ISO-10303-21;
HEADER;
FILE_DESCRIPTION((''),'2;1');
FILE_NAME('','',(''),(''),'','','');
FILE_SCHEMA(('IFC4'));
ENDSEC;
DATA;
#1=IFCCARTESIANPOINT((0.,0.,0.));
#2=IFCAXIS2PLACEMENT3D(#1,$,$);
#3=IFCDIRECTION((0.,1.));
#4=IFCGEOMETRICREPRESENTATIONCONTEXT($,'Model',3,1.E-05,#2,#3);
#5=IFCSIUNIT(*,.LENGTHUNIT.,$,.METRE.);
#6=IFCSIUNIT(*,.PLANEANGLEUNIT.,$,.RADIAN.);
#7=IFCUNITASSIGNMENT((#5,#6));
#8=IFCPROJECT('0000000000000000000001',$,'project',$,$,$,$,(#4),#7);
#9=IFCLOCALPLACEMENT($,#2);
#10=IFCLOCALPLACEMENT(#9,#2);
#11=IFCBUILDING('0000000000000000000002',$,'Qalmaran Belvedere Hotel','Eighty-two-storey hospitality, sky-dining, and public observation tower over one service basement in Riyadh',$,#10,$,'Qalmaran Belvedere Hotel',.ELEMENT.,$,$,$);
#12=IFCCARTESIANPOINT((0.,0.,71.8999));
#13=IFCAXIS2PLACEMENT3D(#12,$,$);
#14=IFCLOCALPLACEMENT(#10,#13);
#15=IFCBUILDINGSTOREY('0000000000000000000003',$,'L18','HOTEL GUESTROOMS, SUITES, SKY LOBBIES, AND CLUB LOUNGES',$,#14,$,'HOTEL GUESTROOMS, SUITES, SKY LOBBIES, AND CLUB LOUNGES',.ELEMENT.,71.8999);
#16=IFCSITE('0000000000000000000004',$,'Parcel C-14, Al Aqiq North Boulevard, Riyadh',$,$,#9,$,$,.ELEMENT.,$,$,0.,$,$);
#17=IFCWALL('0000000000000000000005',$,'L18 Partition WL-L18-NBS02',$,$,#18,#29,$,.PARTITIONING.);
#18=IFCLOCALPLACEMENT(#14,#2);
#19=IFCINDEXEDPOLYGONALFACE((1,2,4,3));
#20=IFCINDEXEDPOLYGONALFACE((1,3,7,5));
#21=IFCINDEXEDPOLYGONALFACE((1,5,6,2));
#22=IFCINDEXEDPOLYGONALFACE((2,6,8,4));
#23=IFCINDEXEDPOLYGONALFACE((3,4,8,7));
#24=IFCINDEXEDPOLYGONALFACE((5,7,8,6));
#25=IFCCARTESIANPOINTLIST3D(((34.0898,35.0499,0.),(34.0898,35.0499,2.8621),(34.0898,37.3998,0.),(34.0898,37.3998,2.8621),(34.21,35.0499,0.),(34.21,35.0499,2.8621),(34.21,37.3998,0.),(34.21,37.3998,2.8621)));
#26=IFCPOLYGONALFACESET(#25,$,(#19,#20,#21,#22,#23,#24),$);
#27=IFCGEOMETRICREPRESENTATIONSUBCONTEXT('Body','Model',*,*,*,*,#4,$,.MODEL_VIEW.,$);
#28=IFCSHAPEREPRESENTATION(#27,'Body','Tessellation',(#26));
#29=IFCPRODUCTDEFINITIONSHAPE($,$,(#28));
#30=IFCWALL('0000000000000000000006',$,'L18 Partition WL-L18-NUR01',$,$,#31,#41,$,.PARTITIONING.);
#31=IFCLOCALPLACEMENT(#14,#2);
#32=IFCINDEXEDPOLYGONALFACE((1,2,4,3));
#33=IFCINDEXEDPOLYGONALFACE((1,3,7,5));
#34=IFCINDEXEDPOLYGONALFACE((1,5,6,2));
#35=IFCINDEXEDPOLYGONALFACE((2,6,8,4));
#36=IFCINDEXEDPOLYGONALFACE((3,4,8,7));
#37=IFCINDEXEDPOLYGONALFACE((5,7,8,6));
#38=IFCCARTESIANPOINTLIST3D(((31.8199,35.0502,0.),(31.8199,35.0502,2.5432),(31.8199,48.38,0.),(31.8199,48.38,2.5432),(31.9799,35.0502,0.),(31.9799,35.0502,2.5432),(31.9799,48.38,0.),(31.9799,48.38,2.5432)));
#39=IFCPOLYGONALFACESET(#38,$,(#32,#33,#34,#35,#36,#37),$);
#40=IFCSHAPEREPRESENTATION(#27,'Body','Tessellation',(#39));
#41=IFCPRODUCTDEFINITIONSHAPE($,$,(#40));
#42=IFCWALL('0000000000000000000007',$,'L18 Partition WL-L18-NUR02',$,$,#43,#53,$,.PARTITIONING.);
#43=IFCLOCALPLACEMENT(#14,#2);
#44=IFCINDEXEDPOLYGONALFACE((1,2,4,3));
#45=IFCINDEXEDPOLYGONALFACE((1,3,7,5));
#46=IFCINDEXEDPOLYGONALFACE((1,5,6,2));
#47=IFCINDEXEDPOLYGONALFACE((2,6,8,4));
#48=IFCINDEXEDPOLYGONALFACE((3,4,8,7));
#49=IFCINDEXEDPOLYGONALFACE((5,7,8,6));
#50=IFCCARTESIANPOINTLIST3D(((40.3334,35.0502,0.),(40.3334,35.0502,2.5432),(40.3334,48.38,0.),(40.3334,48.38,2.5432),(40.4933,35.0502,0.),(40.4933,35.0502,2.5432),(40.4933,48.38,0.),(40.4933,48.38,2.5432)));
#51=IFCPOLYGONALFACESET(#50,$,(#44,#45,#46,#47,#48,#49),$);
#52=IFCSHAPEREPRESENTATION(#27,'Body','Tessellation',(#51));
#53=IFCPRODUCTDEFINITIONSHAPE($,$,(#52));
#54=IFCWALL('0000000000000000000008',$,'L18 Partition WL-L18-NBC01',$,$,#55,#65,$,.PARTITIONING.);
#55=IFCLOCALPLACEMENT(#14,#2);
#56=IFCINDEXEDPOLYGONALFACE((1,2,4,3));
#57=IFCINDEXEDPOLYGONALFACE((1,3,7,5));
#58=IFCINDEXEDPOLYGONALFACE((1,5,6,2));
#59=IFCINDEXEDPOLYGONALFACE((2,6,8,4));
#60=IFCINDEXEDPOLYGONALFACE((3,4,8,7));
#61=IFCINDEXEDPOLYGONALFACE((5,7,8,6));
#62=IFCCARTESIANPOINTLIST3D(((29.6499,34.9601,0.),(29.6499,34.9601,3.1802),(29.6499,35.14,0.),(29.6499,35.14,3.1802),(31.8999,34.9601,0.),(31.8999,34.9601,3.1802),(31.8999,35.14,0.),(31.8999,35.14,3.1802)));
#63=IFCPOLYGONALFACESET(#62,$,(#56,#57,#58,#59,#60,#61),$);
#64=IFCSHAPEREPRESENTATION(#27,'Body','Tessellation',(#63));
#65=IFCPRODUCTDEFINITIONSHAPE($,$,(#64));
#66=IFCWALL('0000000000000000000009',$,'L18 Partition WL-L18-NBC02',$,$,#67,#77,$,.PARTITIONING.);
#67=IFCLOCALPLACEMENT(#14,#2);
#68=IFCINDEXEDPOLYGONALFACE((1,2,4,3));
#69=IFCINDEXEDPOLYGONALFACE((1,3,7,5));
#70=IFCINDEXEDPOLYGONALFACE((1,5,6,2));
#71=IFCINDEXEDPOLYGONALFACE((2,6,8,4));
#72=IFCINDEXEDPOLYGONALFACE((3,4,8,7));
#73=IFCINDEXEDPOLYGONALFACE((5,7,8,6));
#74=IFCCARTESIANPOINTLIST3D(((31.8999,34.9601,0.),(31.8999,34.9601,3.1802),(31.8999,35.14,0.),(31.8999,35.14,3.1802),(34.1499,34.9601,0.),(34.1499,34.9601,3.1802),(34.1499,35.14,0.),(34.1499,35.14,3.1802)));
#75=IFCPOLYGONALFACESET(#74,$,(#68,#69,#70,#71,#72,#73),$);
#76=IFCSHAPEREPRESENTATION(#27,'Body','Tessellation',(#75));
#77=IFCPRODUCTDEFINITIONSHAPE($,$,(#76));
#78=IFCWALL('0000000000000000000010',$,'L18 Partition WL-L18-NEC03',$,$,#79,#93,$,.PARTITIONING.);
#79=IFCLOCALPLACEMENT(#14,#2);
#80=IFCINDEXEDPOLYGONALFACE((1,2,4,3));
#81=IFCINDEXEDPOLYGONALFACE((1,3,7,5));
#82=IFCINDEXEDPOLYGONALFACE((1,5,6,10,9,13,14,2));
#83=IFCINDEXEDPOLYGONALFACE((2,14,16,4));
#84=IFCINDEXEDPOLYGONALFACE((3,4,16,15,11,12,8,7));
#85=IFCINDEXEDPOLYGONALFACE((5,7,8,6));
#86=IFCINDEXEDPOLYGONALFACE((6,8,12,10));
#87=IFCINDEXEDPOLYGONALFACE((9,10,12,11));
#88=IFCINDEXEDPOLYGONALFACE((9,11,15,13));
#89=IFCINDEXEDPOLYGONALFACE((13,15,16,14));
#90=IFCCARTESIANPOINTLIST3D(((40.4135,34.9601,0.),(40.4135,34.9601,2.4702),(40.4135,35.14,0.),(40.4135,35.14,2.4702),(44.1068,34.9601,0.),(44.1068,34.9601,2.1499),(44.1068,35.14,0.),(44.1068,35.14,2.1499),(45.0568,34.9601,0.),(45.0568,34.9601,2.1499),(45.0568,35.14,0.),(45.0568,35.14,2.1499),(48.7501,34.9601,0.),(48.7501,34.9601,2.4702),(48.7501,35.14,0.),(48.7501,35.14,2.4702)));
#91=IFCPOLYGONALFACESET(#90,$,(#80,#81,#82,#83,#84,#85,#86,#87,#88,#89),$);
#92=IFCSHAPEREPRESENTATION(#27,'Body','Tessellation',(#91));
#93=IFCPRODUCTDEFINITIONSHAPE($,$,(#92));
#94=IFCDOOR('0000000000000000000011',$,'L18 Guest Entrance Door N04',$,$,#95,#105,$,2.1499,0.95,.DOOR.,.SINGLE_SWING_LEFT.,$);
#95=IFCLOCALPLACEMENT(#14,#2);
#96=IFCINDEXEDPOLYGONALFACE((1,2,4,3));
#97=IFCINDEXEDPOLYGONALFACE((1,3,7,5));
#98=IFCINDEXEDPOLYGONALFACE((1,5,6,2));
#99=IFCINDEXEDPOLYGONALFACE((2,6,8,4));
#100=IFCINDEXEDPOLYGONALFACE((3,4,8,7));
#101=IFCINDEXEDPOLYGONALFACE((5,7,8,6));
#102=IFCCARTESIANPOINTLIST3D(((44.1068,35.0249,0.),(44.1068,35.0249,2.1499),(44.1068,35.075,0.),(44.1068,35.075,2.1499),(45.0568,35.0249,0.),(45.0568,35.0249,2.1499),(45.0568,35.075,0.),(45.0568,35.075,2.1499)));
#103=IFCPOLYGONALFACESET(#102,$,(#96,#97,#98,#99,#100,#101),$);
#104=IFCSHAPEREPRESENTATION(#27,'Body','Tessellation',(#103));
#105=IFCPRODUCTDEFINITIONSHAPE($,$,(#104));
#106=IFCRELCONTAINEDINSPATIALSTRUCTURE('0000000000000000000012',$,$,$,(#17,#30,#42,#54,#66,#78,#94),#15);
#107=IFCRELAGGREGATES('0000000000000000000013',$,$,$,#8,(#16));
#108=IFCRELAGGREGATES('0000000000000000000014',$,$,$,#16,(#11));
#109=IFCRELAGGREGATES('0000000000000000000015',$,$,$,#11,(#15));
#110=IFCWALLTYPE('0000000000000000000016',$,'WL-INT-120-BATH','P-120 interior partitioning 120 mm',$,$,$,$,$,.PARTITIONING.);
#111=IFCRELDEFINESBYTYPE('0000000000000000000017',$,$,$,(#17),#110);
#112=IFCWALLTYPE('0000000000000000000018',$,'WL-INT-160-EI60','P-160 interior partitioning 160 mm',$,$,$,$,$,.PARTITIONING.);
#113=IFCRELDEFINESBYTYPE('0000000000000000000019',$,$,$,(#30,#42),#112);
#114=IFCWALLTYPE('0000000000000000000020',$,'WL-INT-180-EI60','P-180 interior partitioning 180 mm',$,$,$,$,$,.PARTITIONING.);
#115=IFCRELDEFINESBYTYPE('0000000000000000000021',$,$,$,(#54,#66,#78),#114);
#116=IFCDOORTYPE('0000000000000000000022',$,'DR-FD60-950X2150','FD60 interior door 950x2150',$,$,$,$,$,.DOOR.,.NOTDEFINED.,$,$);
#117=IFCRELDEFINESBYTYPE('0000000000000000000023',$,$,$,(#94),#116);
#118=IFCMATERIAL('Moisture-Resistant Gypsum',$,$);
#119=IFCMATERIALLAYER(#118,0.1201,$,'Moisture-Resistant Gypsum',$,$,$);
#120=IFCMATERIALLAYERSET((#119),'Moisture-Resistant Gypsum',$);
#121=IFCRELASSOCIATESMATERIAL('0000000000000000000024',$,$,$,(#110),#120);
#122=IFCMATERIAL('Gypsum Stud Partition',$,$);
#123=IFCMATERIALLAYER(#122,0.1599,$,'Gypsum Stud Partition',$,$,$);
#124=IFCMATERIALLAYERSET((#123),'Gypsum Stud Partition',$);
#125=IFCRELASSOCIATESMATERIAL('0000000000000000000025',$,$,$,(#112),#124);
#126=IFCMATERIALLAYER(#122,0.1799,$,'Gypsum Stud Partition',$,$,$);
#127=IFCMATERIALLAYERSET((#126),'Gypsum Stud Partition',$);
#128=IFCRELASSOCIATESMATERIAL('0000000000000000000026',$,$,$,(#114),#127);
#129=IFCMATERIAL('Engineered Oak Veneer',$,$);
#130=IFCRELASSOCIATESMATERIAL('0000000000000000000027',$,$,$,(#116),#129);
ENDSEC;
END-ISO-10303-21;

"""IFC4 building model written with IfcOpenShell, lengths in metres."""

from ifc_helpers import new_model, si_unit, direction, frame, frame_2d, origin, place, context, subcontext, project, spatial, rectangle, extrude, material, layer, layer_set, type_object, element, fill, save


model = new_model("IFC4")

# Units and contexts
model_context = context("Model", 3, precision=1e-05, world=origin(), true_north=direction((0.0, 1.0)))
body_context = subcontext(model_context, "Body", "Model", "MODEL_VIEW")
ifc_project = project(units=[si_unit("LENGTHUNIT", "METRE"), si_unit("PLANEANGLEUNIT", "RADIAN")], contexts=[model_context])

# Site, building, storey
site_placement = place(None, origin())
site = spatial("IfcSite", under=ifc_project, at=site_placement, Name="Parcel C-14, Al Aqiq North Boulevard, Riyadh", CompositionType="ELEMENT", RefElevation=0.0)
building_placement = place(site_placement, origin())
building = spatial("IfcBuilding", under=site, at=building_placement, Name="Qalmaran Belvedere Hotel", Description="Eighty-two-storey hospitality, sky-dining, and public observation tower over one service basement in Riyadh", LongName="Qalmaran Belvedere Hotel", CompositionType="ELEMENT")
storey_placement = place(building_placement, frame((0.0, 0.0, 71.8999)))
storey = spatial("IfcBuildingStorey", under=building, at=storey_placement, Name="L18", Description="HOTEL GUESTROOMS, SUITES, SKY LOBBIES, AND CLUB LOUNGES", LongName="HOTEL GUESTROOMS, SUITES, SKY LOBBIES, AND CLUB LOUNGES", CompositionType="ELEMENT", Elevation=71.8999)

# Shared definitions
ifc_material_1 = material(Name="Moisture-Resistant Gypsum")
ifc_layer_1 = layer(ifc_material_1, 0.1201, Name="Moisture-Resistant Gypsum")
ifc_layer_set_1 = layer_set([ifc_layer_1], Name="Moisture-Resistant Gypsum")
wall_type_1 = type_object("IfcWallType", Name="WL-INT-120-BATH", Description="P-120 interior partitioning 120 mm", PredefinedType="PARTITIONING", material=ifc_layer_set_1)
ifc_material_2 = material(Name="Engineered Oak Veneer")

# Wall
for number, where, z_axis, x_axis, name in (
    (1, (34.1499, 35.05, 0.0), (0.0, 0.0, 1.0), (0.0, 1.0, 0.0), "L18 Partition WL-L18-NBS02"),
):
    element("IfcWall", number, at=place(storey_placement, frame(where, z_axis=z_axis, x_axis=x_axis)), inside=storey, type_object=wall_type_1, Name=name, PredefinedType="PARTITIONING", context=body_context, shape_type="SweptSolid", body=[
        extrude(rectangle(XDim=2.3499, YDim=0.1201, at=frame_2d((1.1748, 0.0))), origin(), (0.0, 0.0, 1.0), 2.8621),
    ])

# Shared definitions
ifc_material_3 = material(Name="Gypsum Stud Partition")

# Walls
ifc_layer_2 = layer(ifc_material_3, 0.1599, Name="Gypsum Stud Partition")
ifc_layer_set_2 = layer_set([ifc_layer_2], Name="Gypsum Stud Partition")
wall_type_2 = type_object("IfcWallType", Name="WL-INT-160-EI60", Description="P-160 interior partitioning 160 mm", PredefinedType="PARTITIONING", material=ifc_layer_set_2)
for number, where, z_axis, x_axis, name in (
    (2, (31.8999, 35.05, 0.0), (0.0, 0.0, 1.0), (0.0, 1.0, 0.0), "L18 Partition WL-L18-NUR01"),
    (3, (40.4133, 35.05, 0.0), (0.0, 0.0, 1.0), (0.0, 1.0, 0.0), "L18 Partition WL-L18-NUR02"),
):
    element("IfcWall", number, at=place(storey_placement, frame(where, z_axis=z_axis, x_axis=x_axis)), inside=storey, type_object=wall_type_2, Name=name, PredefinedType="PARTITIONING", context=body_context, shape_type="SweptSolid", body=[
        extrude(rectangle(XDim=13.3298, YDim=0.1599, at=frame_2d((6.665, 0.0))), origin(), (0.0, 0.0, 1.0), 2.5432),
    ])
ifc_layer_3 = layer(ifc_material_3, 0.1799, Name="Gypsum Stud Partition")
ifc_layer_set_3 = layer_set([ifc_layer_3], Name="Gypsum Stud Partition")
wall_type_3 = type_object("IfcWallType", Name="WL-INT-180-EI60", Description="P-180 interior partitioning 180 mm", PredefinedType="PARTITIONING", material=ifc_layer_set_3)
for number, where, z_axis, x_axis, name in (
    (4, (29.6499, 35.05, 0.0), (0.0, 0.0, 1.0), (1.0, 0.0, 0.0), "L18 Partition WL-L18-NBC01"),
    (5, (31.8999, 35.05, 0.0), (0.0, 0.0, 1.0), (1.0, 0.0, 0.0), "L18 Partition WL-L18-NBC02"),
):
    element("IfcWall", number, at=place(storey_placement, frame(where, z_axis=z_axis, x_axis=x_axis)), inside=storey, type_object=wall_type_3, Name=name, PredefinedType="PARTITIONING", context=body_context, shape_type="SweptSolid", body=[
        extrude(rectangle(XDim=2.25, YDim=0.1799, at=frame_2d((1.125, 0.0))), origin(), (0.0, 0.0, 1.0), 3.1802),
    ])

# Wall, opening, door
door_type_1 = type_object("IfcDoorType", Name="DR-FD60-950X2150", Description="FD60 interior door 950x2150", OperationType="NOTDEFINED", PredefinedType="DOOR", material=ifc_material_2)
wall_1_placement = place(storey_placement, frame((40.4133, 35.05, 0.0), z_axis=(0.0, 0.0, 1.0), x_axis=(1.0, 0.0, 0.0)))
wall_1 = element("IfcWall", 6, at=wall_1_placement, inside=storey, type_object=wall_type_3, Name="L18 Partition WL-L18-NEC03", PredefinedType="PARTITIONING", context=body_context, shape_type="SweptSolid", body=[
    extrude(rectangle(XDim=8.3367, YDim=0.1799, at=frame_2d((4.1685, 0.0))), origin(), (0.0, 0.0, 1.0), 2.4702),
])
opening_1_placement = place(wall_1_placement, frame((3.6934, 0.0, 0.0)))
opening_1 = element("IfcOpeningElement", 7, at=opening_1_placement, cuts=wall_1, PredefinedType="OPENING", context=body_context, shape_type="SweptSolid", body=[
    extrude(rectangle(XDim=0.95, YDim=2.1499, at=frame_2d((0.4751, 1.075))), frame((0.0, 0.1001, 0.0), z_axis=(0.0, -1.0, 0.0), x_axis=(1.0, 0.0, 0.0)), (0.0, 0.0, 1.0), 0.2),
])
door_1_placement = place(opening_1_placement, origin())
door_1 = element("IfcDoor", 8, at=door_1_placement, inside=storey, type_object=door_type_1, Name="L18 Guest Entrance Door N04", OperationType="SINGLE_SWING_LEFT", OverallHeight=2.1499, OverallWidth=0.95, PredefinedType="DOOR", context=body_context, shape_type="SweptSolid", body=[
    extrude(rectangle(XDim=0.95, YDim=2.1499, at=frame_2d((0.4751, 1.075))), frame((0.0, 0.0249, 0.0), z_axis=(0.0, -1.0, 0.0), x_axis=(1.0, 0.0, 0.0)), (0.0, 0.0, 1.0), 0.05),
])
fill(opening_1, door_1)

save(model, "model.ifc")
